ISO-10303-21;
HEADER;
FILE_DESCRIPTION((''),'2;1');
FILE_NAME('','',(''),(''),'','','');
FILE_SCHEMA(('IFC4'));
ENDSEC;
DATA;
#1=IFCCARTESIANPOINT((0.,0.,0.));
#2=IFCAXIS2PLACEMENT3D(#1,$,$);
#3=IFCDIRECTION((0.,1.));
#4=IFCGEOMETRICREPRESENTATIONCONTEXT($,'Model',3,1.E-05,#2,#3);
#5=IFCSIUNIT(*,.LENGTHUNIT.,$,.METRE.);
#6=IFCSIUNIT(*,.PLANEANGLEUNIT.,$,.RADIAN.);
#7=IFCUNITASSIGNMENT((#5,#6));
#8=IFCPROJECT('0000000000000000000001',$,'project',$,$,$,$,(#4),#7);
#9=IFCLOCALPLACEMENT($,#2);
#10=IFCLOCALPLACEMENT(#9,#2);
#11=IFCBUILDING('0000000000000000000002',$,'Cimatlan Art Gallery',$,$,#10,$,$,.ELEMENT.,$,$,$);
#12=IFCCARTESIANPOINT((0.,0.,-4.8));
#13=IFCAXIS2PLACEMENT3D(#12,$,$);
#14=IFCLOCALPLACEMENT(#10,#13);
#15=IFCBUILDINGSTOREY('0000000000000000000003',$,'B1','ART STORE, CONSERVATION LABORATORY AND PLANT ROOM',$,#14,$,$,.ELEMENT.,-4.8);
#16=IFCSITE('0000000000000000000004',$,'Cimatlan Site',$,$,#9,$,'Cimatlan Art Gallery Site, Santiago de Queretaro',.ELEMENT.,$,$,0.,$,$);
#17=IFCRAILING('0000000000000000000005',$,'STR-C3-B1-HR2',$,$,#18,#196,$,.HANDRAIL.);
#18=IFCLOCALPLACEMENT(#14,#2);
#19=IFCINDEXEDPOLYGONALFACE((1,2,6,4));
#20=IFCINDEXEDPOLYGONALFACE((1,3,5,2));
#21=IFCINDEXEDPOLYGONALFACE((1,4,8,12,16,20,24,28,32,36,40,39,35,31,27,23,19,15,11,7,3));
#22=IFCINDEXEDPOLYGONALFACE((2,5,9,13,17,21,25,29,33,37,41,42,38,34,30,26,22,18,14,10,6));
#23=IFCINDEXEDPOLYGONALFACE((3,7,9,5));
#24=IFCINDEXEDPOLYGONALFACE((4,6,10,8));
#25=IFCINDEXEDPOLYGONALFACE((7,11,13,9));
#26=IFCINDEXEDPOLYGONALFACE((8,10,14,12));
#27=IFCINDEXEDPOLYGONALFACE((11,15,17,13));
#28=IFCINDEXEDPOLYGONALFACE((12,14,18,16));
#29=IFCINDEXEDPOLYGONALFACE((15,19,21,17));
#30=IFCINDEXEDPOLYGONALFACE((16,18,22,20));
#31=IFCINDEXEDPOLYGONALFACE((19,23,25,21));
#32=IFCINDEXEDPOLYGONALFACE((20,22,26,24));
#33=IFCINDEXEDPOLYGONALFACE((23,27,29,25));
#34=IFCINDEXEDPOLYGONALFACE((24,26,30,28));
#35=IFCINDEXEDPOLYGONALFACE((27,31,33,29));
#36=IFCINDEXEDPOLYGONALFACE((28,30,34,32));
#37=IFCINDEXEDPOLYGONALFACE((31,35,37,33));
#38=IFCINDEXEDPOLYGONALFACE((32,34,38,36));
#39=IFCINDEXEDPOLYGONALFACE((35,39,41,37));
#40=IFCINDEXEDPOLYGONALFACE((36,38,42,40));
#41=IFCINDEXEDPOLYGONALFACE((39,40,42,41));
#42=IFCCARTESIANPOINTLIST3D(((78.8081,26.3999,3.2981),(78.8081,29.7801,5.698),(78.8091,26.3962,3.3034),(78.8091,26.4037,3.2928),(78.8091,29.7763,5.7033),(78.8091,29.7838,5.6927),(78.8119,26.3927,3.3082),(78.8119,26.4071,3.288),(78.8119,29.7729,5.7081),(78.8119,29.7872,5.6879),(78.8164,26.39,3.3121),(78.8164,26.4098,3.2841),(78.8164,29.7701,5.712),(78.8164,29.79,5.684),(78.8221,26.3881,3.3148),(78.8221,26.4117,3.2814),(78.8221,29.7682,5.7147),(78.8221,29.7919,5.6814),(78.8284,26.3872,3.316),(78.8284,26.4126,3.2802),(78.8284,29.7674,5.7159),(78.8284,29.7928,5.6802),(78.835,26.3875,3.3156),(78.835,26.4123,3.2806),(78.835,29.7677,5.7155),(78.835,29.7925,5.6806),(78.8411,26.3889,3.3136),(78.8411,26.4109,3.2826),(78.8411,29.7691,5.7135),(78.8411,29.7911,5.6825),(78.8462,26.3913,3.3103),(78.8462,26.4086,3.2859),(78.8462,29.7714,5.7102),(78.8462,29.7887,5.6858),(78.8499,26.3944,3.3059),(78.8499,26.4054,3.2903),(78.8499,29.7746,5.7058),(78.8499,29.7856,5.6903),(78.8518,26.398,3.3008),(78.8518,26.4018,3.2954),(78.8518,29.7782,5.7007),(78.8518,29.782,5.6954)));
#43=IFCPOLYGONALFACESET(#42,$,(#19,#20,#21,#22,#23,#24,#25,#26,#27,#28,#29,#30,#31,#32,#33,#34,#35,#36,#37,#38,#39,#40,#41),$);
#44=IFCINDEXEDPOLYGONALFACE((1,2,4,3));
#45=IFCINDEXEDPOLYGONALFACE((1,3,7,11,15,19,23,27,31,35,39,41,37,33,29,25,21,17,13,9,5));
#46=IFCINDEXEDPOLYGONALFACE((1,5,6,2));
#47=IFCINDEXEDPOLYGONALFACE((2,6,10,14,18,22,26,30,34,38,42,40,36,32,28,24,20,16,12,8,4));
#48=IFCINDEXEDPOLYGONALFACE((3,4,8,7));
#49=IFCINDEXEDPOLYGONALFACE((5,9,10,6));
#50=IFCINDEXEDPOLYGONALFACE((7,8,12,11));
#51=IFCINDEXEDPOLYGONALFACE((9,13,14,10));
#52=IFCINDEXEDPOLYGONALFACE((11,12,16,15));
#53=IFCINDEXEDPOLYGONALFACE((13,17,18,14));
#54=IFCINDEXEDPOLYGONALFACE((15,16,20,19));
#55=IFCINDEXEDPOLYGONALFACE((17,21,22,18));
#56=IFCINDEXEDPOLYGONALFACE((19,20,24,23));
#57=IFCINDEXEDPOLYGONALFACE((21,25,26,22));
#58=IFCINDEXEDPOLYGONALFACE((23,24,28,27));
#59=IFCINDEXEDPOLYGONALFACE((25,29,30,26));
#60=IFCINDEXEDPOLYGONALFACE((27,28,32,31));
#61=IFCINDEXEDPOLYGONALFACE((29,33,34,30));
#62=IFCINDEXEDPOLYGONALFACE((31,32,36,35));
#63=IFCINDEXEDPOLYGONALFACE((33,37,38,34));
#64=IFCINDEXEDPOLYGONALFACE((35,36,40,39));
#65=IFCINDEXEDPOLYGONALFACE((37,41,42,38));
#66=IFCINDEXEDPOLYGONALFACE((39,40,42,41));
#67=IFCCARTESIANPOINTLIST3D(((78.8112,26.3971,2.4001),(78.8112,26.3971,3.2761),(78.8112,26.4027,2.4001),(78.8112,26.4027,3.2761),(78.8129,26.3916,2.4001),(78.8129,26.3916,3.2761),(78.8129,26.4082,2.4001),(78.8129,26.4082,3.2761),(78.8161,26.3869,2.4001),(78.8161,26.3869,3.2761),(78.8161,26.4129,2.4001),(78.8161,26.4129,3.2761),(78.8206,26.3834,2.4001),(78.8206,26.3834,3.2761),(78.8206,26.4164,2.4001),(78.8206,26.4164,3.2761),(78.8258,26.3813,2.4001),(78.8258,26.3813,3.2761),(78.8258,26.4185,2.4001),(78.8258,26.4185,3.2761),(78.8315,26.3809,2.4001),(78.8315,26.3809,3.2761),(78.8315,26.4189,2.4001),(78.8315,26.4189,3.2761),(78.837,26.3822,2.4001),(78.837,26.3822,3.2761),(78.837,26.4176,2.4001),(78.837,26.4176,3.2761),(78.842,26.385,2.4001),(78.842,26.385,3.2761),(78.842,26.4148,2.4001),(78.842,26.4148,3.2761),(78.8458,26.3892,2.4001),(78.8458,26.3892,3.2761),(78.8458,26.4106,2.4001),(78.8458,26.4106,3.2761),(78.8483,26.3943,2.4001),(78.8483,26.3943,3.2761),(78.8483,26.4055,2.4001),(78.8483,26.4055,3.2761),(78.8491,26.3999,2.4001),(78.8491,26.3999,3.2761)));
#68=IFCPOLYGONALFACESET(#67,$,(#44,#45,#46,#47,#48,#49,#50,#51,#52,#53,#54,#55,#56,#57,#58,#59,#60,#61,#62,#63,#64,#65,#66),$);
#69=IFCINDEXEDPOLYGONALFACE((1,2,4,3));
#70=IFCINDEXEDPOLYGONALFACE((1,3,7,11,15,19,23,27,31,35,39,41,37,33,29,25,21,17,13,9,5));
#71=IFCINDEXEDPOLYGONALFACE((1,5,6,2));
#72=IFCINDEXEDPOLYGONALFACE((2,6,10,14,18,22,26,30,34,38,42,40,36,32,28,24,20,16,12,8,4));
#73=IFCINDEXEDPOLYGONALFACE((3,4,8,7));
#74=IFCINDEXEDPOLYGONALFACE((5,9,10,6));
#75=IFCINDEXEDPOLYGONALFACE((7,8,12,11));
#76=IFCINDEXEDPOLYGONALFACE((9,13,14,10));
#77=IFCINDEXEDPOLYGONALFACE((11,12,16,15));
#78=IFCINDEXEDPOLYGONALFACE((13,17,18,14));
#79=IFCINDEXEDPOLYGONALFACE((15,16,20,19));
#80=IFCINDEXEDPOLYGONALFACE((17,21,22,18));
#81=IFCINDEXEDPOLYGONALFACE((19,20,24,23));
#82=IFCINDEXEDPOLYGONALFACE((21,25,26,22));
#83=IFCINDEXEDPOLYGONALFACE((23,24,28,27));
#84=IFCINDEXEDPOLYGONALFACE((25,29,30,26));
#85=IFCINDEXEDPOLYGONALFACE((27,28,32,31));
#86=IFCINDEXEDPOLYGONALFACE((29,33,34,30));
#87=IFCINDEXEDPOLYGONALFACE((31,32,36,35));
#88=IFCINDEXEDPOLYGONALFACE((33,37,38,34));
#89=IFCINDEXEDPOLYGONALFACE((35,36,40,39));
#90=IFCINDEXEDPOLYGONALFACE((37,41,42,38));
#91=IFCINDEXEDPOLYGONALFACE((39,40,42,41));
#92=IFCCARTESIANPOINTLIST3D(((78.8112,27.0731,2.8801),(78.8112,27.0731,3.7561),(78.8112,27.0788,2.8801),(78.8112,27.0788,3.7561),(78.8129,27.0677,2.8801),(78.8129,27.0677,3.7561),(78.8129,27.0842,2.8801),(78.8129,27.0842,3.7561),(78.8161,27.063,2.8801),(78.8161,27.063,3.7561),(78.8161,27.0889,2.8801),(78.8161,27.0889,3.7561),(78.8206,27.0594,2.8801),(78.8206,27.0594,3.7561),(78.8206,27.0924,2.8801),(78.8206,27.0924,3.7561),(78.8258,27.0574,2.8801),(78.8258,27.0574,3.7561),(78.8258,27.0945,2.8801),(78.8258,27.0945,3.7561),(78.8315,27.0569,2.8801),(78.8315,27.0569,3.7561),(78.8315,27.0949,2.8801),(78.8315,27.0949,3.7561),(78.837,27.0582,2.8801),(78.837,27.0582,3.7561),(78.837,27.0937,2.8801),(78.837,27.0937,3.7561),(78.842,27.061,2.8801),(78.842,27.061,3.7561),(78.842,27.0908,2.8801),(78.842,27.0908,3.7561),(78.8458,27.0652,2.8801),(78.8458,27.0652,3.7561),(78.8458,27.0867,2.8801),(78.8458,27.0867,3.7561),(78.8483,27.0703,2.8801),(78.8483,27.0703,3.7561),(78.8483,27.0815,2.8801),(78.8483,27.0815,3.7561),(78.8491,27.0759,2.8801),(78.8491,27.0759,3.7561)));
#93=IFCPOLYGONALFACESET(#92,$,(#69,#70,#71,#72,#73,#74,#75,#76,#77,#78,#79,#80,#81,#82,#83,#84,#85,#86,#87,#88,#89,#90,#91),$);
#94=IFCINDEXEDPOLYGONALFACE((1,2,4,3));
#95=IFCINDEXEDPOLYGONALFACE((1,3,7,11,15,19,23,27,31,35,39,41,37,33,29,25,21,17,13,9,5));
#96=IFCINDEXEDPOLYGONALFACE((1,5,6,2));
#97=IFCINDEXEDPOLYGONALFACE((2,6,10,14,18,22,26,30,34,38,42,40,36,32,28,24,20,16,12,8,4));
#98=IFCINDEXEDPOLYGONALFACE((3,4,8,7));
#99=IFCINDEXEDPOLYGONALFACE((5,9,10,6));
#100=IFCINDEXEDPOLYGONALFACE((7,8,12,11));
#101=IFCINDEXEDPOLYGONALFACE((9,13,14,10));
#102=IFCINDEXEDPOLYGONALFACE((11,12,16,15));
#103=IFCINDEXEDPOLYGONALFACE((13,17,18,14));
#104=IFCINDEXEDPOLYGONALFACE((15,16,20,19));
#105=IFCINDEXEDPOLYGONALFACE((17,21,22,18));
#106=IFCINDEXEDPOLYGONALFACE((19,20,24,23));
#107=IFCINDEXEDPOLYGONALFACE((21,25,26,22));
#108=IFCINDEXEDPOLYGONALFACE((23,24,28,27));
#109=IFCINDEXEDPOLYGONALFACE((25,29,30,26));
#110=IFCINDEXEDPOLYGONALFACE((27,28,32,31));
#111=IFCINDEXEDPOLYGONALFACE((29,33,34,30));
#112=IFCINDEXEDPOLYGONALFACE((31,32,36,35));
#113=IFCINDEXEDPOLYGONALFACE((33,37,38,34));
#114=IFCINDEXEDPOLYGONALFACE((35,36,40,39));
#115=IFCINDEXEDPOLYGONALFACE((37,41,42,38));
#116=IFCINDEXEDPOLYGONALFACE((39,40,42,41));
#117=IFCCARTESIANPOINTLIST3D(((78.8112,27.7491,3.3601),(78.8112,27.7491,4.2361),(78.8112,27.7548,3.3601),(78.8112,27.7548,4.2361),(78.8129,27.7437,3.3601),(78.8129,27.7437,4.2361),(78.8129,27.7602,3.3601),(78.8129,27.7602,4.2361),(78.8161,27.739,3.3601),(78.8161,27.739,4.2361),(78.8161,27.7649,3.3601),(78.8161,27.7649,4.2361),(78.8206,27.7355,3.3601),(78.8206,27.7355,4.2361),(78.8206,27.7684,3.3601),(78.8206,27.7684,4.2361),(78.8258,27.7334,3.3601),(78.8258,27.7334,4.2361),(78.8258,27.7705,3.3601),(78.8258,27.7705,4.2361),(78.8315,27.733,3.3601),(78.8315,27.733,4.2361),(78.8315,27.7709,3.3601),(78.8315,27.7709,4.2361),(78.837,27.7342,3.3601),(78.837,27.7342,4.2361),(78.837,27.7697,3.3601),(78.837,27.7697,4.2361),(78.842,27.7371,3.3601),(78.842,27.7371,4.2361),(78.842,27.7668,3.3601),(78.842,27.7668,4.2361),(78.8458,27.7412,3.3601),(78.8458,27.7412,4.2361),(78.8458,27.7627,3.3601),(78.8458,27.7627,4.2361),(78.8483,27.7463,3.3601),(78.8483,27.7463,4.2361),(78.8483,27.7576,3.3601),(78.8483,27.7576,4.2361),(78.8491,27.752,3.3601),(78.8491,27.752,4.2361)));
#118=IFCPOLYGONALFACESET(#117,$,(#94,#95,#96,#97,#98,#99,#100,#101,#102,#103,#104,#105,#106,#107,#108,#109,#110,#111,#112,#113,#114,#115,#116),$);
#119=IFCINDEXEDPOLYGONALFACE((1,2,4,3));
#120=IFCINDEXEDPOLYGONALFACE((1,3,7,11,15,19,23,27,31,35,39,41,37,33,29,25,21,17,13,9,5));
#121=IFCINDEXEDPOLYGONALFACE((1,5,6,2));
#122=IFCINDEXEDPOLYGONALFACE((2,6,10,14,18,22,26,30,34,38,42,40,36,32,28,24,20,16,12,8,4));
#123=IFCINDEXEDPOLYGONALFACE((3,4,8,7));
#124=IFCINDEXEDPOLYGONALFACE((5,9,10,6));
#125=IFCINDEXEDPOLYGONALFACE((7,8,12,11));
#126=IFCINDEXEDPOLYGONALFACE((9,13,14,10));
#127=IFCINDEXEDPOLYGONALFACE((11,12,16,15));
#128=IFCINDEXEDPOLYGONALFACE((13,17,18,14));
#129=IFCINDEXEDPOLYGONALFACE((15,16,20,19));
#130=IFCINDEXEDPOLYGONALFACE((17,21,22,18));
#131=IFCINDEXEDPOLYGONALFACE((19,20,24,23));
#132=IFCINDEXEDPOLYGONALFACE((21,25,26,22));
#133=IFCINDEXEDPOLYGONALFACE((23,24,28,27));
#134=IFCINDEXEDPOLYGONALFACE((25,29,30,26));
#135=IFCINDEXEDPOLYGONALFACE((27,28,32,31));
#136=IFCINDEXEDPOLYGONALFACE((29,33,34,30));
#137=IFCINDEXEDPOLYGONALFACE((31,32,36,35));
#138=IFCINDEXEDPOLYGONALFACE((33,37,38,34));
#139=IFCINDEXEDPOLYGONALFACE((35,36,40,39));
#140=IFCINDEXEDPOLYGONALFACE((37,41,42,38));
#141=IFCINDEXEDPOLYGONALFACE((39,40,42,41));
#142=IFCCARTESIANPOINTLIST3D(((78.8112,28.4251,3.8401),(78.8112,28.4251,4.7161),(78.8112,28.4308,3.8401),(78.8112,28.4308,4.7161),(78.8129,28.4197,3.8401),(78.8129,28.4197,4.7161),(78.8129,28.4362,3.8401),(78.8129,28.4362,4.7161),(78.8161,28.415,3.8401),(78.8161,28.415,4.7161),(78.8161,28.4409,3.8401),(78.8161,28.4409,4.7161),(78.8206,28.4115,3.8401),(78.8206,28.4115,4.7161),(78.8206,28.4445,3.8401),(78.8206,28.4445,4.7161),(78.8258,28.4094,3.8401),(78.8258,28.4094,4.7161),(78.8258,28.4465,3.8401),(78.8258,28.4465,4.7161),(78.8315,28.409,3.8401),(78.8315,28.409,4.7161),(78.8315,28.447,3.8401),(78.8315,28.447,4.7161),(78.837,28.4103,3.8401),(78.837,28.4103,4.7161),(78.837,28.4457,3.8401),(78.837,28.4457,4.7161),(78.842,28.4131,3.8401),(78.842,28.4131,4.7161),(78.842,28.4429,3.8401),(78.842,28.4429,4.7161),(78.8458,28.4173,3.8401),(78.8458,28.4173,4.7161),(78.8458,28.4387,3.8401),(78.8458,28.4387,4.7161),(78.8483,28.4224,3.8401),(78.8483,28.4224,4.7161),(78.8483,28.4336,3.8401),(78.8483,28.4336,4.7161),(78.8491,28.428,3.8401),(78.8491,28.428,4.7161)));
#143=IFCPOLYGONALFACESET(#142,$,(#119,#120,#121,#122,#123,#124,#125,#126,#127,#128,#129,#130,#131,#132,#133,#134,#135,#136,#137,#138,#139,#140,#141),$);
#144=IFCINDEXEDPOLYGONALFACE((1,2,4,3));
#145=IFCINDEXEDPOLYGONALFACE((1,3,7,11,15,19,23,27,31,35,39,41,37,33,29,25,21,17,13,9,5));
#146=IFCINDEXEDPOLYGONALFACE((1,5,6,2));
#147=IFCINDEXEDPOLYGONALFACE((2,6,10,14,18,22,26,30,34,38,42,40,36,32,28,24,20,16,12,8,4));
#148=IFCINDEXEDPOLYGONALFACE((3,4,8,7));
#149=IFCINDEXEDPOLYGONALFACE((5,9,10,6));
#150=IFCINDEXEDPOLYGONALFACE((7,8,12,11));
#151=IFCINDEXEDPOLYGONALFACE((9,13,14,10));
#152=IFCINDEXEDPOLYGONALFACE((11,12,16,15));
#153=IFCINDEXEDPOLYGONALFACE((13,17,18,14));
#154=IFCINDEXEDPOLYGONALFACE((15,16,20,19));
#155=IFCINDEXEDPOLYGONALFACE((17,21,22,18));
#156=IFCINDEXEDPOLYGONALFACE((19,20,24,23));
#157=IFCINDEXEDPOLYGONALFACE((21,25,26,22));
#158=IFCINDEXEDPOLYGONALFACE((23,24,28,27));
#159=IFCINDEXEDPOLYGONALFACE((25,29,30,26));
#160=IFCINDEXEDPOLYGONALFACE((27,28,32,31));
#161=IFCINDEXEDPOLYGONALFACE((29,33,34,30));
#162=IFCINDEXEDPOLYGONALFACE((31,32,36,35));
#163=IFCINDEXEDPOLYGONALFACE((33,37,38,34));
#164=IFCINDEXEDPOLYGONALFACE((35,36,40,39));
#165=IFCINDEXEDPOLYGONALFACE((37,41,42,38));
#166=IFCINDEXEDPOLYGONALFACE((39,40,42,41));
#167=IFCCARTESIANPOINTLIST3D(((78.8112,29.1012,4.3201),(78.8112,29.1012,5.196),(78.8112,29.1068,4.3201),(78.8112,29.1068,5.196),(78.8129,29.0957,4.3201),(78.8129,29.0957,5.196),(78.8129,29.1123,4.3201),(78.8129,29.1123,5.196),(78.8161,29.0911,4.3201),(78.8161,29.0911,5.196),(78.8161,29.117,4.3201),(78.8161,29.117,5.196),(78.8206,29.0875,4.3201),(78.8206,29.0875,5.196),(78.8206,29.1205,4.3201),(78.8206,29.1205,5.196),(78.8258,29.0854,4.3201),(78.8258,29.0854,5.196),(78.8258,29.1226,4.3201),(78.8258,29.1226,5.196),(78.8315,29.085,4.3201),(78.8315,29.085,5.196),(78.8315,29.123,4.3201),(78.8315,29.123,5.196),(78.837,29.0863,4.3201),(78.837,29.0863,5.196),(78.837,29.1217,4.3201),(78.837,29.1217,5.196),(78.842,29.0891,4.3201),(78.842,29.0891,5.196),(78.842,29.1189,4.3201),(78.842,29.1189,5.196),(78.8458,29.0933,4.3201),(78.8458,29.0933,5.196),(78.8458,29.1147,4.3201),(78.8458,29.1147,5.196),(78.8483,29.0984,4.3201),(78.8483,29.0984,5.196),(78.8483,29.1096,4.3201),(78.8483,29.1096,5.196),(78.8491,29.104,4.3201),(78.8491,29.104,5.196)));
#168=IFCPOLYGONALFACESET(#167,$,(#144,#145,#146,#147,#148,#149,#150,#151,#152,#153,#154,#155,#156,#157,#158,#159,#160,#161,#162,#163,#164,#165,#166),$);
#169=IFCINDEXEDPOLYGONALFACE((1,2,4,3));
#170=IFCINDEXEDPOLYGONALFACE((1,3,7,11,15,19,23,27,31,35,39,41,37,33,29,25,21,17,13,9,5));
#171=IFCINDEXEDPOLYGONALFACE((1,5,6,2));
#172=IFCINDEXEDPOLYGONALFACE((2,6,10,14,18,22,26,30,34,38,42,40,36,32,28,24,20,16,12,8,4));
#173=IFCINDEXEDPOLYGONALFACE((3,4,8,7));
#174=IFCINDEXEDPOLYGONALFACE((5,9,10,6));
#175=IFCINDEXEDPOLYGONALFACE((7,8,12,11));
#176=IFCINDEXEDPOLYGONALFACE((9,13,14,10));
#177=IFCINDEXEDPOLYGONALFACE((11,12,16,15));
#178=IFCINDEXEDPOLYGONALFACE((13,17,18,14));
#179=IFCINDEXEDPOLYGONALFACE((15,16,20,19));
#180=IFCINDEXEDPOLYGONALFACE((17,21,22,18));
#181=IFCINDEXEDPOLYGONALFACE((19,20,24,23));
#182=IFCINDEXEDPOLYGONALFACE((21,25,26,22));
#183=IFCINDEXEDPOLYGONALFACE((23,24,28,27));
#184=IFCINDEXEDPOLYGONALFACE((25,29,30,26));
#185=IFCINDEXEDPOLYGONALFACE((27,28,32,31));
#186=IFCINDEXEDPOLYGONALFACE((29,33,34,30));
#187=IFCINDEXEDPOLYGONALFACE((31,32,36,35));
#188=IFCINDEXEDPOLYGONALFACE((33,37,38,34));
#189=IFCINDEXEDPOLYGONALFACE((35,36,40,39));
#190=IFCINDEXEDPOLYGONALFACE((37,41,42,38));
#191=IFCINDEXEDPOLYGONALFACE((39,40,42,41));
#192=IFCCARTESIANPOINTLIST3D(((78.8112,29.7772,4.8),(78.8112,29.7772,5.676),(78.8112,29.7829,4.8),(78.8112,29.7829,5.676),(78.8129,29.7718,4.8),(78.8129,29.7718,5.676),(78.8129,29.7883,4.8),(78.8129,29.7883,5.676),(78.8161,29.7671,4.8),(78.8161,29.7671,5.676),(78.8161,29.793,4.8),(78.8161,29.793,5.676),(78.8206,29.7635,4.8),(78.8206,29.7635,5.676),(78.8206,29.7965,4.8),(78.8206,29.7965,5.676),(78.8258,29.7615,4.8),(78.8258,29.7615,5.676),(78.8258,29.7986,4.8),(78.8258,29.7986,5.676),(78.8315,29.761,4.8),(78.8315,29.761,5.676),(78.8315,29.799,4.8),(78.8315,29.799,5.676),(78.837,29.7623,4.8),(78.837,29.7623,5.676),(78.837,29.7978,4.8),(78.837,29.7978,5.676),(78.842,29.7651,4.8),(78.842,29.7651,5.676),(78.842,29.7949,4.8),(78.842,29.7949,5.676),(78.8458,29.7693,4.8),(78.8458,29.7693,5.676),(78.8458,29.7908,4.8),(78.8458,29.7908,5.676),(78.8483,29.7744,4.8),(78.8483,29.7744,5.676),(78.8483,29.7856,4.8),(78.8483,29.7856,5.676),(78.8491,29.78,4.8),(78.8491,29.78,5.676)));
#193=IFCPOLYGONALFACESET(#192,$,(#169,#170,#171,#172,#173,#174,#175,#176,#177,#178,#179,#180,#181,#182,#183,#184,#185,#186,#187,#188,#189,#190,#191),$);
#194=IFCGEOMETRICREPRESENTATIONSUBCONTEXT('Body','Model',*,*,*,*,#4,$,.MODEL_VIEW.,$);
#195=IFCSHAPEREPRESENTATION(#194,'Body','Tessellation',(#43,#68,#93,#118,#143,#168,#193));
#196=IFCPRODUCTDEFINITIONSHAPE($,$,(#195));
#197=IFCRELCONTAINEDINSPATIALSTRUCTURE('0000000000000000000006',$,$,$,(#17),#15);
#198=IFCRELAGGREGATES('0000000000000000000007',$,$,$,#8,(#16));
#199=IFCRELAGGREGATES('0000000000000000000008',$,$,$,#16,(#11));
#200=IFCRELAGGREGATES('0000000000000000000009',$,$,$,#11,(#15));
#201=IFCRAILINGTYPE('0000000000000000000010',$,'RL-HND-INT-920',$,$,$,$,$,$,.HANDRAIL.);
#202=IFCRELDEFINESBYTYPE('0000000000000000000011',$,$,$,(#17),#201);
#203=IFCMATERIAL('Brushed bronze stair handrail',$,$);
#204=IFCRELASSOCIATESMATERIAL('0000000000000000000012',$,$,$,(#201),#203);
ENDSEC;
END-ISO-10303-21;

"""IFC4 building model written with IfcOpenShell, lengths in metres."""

from ifc_helpers import new_model, si_unit, direction, frame, origin, origin_2d, place, context, subcontext, project, spatial, circle, extrude, material, type_object, element, save


model = new_model("IFC4")

# Units and contexts
model_context = context("Model", 3, precision=1e-05, world=origin(), true_north=direction((0.0, 1.0)))
body_context = subcontext(model_context, "Body", "Model", "MODEL_VIEW")
ifc_project = project(units=[si_unit("LENGTHUNIT", "METRE"), si_unit("PLANEANGLEUNIT", "RADIAN")], contexts=[model_context])

# Site, building, storey
site_placement = place(None, origin())
site = spatial("IfcSite", under=ifc_project, at=site_placement, Name="Cimatlan Site", LongName="Cimatlan Art Gallery Site, Santiago de Queretaro", CompositionType="ELEMENT", RefElevation=0.0)
building_placement = place(site_placement, origin())
building = spatial("IfcBuilding", under=site, at=building_placement, Name="Cimatlan Art Gallery", CompositionType="ELEMENT")
storey_placement = place(building_placement, frame((0.0, 0.0, -4.8)))
storey = spatial("IfcBuildingStorey", under=building, at=storey_placement, Name="B1", Description="ART STORE, CONSERVATION LABORATORY AND PLANT ROOM", CompositionType="ELEMENT", Elevation=-4.8)

# Railing
ifc_material_1 = material(Name="Brushed bronze stair handrail")
railing_type_1 = type_object("IfcRailingType", Name="RL-HND-INT-920", PredefinedType="HANDRAIL", material=ifc_material_1)
railing_1_placement = place(storey_placement, frame((78.8301, 26.3999, 2.4001)))
element("IfcRailing", 1, at=railing_1_placement, inside=storey, type_object=railing_type_1, Name="STR-C3-B1-HR2", PredefinedType="HANDRAIL", context=body_context, shape_type="SweptSolid", body=[
    extrude(circle(Radius=0.022, at=origin_2d()), frame((0.0, 0.0, 0.8979), z_axis=(0.0, 0.815382, 0.578924), x_axis=(-1.0, 0.0, 0.0)), (0.0, 0.0, 1.0), 4.1455),
    extrude(circle(Radius=0.019, at=origin_2d()), origin(), (0.0, 0.0, 1.0), 0.876),
    extrude(circle(Radius=0.019, at=origin_2d()), frame((0.0, 0.676, 0.48)), (0.0, 0.0, 1.0), 0.876),
    extrude(circle(Radius=0.019, at=origin_2d()), frame((0.0, 1.3521, 0.96)), (0.0, 0.0, 1.0), 0.876),
    extrude(circle(Radius=0.019, at=origin_2d()), frame((0.0, 2.0281, 1.4399)), (0.0, 0.0, 1.0), 0.876),
    extrude(circle(Radius=0.019, at=origin_2d()), frame((0.0, 2.7041, 1.9199)), (0.0, 0.0, 1.0), 0.876),
    extrude(circle(Radius=0.019, at=origin_2d()), frame((0.0, 3.3801, 2.3999)), (0.0, 0.0, 1.0), 0.876),
])

save(model, "model.ifc")
